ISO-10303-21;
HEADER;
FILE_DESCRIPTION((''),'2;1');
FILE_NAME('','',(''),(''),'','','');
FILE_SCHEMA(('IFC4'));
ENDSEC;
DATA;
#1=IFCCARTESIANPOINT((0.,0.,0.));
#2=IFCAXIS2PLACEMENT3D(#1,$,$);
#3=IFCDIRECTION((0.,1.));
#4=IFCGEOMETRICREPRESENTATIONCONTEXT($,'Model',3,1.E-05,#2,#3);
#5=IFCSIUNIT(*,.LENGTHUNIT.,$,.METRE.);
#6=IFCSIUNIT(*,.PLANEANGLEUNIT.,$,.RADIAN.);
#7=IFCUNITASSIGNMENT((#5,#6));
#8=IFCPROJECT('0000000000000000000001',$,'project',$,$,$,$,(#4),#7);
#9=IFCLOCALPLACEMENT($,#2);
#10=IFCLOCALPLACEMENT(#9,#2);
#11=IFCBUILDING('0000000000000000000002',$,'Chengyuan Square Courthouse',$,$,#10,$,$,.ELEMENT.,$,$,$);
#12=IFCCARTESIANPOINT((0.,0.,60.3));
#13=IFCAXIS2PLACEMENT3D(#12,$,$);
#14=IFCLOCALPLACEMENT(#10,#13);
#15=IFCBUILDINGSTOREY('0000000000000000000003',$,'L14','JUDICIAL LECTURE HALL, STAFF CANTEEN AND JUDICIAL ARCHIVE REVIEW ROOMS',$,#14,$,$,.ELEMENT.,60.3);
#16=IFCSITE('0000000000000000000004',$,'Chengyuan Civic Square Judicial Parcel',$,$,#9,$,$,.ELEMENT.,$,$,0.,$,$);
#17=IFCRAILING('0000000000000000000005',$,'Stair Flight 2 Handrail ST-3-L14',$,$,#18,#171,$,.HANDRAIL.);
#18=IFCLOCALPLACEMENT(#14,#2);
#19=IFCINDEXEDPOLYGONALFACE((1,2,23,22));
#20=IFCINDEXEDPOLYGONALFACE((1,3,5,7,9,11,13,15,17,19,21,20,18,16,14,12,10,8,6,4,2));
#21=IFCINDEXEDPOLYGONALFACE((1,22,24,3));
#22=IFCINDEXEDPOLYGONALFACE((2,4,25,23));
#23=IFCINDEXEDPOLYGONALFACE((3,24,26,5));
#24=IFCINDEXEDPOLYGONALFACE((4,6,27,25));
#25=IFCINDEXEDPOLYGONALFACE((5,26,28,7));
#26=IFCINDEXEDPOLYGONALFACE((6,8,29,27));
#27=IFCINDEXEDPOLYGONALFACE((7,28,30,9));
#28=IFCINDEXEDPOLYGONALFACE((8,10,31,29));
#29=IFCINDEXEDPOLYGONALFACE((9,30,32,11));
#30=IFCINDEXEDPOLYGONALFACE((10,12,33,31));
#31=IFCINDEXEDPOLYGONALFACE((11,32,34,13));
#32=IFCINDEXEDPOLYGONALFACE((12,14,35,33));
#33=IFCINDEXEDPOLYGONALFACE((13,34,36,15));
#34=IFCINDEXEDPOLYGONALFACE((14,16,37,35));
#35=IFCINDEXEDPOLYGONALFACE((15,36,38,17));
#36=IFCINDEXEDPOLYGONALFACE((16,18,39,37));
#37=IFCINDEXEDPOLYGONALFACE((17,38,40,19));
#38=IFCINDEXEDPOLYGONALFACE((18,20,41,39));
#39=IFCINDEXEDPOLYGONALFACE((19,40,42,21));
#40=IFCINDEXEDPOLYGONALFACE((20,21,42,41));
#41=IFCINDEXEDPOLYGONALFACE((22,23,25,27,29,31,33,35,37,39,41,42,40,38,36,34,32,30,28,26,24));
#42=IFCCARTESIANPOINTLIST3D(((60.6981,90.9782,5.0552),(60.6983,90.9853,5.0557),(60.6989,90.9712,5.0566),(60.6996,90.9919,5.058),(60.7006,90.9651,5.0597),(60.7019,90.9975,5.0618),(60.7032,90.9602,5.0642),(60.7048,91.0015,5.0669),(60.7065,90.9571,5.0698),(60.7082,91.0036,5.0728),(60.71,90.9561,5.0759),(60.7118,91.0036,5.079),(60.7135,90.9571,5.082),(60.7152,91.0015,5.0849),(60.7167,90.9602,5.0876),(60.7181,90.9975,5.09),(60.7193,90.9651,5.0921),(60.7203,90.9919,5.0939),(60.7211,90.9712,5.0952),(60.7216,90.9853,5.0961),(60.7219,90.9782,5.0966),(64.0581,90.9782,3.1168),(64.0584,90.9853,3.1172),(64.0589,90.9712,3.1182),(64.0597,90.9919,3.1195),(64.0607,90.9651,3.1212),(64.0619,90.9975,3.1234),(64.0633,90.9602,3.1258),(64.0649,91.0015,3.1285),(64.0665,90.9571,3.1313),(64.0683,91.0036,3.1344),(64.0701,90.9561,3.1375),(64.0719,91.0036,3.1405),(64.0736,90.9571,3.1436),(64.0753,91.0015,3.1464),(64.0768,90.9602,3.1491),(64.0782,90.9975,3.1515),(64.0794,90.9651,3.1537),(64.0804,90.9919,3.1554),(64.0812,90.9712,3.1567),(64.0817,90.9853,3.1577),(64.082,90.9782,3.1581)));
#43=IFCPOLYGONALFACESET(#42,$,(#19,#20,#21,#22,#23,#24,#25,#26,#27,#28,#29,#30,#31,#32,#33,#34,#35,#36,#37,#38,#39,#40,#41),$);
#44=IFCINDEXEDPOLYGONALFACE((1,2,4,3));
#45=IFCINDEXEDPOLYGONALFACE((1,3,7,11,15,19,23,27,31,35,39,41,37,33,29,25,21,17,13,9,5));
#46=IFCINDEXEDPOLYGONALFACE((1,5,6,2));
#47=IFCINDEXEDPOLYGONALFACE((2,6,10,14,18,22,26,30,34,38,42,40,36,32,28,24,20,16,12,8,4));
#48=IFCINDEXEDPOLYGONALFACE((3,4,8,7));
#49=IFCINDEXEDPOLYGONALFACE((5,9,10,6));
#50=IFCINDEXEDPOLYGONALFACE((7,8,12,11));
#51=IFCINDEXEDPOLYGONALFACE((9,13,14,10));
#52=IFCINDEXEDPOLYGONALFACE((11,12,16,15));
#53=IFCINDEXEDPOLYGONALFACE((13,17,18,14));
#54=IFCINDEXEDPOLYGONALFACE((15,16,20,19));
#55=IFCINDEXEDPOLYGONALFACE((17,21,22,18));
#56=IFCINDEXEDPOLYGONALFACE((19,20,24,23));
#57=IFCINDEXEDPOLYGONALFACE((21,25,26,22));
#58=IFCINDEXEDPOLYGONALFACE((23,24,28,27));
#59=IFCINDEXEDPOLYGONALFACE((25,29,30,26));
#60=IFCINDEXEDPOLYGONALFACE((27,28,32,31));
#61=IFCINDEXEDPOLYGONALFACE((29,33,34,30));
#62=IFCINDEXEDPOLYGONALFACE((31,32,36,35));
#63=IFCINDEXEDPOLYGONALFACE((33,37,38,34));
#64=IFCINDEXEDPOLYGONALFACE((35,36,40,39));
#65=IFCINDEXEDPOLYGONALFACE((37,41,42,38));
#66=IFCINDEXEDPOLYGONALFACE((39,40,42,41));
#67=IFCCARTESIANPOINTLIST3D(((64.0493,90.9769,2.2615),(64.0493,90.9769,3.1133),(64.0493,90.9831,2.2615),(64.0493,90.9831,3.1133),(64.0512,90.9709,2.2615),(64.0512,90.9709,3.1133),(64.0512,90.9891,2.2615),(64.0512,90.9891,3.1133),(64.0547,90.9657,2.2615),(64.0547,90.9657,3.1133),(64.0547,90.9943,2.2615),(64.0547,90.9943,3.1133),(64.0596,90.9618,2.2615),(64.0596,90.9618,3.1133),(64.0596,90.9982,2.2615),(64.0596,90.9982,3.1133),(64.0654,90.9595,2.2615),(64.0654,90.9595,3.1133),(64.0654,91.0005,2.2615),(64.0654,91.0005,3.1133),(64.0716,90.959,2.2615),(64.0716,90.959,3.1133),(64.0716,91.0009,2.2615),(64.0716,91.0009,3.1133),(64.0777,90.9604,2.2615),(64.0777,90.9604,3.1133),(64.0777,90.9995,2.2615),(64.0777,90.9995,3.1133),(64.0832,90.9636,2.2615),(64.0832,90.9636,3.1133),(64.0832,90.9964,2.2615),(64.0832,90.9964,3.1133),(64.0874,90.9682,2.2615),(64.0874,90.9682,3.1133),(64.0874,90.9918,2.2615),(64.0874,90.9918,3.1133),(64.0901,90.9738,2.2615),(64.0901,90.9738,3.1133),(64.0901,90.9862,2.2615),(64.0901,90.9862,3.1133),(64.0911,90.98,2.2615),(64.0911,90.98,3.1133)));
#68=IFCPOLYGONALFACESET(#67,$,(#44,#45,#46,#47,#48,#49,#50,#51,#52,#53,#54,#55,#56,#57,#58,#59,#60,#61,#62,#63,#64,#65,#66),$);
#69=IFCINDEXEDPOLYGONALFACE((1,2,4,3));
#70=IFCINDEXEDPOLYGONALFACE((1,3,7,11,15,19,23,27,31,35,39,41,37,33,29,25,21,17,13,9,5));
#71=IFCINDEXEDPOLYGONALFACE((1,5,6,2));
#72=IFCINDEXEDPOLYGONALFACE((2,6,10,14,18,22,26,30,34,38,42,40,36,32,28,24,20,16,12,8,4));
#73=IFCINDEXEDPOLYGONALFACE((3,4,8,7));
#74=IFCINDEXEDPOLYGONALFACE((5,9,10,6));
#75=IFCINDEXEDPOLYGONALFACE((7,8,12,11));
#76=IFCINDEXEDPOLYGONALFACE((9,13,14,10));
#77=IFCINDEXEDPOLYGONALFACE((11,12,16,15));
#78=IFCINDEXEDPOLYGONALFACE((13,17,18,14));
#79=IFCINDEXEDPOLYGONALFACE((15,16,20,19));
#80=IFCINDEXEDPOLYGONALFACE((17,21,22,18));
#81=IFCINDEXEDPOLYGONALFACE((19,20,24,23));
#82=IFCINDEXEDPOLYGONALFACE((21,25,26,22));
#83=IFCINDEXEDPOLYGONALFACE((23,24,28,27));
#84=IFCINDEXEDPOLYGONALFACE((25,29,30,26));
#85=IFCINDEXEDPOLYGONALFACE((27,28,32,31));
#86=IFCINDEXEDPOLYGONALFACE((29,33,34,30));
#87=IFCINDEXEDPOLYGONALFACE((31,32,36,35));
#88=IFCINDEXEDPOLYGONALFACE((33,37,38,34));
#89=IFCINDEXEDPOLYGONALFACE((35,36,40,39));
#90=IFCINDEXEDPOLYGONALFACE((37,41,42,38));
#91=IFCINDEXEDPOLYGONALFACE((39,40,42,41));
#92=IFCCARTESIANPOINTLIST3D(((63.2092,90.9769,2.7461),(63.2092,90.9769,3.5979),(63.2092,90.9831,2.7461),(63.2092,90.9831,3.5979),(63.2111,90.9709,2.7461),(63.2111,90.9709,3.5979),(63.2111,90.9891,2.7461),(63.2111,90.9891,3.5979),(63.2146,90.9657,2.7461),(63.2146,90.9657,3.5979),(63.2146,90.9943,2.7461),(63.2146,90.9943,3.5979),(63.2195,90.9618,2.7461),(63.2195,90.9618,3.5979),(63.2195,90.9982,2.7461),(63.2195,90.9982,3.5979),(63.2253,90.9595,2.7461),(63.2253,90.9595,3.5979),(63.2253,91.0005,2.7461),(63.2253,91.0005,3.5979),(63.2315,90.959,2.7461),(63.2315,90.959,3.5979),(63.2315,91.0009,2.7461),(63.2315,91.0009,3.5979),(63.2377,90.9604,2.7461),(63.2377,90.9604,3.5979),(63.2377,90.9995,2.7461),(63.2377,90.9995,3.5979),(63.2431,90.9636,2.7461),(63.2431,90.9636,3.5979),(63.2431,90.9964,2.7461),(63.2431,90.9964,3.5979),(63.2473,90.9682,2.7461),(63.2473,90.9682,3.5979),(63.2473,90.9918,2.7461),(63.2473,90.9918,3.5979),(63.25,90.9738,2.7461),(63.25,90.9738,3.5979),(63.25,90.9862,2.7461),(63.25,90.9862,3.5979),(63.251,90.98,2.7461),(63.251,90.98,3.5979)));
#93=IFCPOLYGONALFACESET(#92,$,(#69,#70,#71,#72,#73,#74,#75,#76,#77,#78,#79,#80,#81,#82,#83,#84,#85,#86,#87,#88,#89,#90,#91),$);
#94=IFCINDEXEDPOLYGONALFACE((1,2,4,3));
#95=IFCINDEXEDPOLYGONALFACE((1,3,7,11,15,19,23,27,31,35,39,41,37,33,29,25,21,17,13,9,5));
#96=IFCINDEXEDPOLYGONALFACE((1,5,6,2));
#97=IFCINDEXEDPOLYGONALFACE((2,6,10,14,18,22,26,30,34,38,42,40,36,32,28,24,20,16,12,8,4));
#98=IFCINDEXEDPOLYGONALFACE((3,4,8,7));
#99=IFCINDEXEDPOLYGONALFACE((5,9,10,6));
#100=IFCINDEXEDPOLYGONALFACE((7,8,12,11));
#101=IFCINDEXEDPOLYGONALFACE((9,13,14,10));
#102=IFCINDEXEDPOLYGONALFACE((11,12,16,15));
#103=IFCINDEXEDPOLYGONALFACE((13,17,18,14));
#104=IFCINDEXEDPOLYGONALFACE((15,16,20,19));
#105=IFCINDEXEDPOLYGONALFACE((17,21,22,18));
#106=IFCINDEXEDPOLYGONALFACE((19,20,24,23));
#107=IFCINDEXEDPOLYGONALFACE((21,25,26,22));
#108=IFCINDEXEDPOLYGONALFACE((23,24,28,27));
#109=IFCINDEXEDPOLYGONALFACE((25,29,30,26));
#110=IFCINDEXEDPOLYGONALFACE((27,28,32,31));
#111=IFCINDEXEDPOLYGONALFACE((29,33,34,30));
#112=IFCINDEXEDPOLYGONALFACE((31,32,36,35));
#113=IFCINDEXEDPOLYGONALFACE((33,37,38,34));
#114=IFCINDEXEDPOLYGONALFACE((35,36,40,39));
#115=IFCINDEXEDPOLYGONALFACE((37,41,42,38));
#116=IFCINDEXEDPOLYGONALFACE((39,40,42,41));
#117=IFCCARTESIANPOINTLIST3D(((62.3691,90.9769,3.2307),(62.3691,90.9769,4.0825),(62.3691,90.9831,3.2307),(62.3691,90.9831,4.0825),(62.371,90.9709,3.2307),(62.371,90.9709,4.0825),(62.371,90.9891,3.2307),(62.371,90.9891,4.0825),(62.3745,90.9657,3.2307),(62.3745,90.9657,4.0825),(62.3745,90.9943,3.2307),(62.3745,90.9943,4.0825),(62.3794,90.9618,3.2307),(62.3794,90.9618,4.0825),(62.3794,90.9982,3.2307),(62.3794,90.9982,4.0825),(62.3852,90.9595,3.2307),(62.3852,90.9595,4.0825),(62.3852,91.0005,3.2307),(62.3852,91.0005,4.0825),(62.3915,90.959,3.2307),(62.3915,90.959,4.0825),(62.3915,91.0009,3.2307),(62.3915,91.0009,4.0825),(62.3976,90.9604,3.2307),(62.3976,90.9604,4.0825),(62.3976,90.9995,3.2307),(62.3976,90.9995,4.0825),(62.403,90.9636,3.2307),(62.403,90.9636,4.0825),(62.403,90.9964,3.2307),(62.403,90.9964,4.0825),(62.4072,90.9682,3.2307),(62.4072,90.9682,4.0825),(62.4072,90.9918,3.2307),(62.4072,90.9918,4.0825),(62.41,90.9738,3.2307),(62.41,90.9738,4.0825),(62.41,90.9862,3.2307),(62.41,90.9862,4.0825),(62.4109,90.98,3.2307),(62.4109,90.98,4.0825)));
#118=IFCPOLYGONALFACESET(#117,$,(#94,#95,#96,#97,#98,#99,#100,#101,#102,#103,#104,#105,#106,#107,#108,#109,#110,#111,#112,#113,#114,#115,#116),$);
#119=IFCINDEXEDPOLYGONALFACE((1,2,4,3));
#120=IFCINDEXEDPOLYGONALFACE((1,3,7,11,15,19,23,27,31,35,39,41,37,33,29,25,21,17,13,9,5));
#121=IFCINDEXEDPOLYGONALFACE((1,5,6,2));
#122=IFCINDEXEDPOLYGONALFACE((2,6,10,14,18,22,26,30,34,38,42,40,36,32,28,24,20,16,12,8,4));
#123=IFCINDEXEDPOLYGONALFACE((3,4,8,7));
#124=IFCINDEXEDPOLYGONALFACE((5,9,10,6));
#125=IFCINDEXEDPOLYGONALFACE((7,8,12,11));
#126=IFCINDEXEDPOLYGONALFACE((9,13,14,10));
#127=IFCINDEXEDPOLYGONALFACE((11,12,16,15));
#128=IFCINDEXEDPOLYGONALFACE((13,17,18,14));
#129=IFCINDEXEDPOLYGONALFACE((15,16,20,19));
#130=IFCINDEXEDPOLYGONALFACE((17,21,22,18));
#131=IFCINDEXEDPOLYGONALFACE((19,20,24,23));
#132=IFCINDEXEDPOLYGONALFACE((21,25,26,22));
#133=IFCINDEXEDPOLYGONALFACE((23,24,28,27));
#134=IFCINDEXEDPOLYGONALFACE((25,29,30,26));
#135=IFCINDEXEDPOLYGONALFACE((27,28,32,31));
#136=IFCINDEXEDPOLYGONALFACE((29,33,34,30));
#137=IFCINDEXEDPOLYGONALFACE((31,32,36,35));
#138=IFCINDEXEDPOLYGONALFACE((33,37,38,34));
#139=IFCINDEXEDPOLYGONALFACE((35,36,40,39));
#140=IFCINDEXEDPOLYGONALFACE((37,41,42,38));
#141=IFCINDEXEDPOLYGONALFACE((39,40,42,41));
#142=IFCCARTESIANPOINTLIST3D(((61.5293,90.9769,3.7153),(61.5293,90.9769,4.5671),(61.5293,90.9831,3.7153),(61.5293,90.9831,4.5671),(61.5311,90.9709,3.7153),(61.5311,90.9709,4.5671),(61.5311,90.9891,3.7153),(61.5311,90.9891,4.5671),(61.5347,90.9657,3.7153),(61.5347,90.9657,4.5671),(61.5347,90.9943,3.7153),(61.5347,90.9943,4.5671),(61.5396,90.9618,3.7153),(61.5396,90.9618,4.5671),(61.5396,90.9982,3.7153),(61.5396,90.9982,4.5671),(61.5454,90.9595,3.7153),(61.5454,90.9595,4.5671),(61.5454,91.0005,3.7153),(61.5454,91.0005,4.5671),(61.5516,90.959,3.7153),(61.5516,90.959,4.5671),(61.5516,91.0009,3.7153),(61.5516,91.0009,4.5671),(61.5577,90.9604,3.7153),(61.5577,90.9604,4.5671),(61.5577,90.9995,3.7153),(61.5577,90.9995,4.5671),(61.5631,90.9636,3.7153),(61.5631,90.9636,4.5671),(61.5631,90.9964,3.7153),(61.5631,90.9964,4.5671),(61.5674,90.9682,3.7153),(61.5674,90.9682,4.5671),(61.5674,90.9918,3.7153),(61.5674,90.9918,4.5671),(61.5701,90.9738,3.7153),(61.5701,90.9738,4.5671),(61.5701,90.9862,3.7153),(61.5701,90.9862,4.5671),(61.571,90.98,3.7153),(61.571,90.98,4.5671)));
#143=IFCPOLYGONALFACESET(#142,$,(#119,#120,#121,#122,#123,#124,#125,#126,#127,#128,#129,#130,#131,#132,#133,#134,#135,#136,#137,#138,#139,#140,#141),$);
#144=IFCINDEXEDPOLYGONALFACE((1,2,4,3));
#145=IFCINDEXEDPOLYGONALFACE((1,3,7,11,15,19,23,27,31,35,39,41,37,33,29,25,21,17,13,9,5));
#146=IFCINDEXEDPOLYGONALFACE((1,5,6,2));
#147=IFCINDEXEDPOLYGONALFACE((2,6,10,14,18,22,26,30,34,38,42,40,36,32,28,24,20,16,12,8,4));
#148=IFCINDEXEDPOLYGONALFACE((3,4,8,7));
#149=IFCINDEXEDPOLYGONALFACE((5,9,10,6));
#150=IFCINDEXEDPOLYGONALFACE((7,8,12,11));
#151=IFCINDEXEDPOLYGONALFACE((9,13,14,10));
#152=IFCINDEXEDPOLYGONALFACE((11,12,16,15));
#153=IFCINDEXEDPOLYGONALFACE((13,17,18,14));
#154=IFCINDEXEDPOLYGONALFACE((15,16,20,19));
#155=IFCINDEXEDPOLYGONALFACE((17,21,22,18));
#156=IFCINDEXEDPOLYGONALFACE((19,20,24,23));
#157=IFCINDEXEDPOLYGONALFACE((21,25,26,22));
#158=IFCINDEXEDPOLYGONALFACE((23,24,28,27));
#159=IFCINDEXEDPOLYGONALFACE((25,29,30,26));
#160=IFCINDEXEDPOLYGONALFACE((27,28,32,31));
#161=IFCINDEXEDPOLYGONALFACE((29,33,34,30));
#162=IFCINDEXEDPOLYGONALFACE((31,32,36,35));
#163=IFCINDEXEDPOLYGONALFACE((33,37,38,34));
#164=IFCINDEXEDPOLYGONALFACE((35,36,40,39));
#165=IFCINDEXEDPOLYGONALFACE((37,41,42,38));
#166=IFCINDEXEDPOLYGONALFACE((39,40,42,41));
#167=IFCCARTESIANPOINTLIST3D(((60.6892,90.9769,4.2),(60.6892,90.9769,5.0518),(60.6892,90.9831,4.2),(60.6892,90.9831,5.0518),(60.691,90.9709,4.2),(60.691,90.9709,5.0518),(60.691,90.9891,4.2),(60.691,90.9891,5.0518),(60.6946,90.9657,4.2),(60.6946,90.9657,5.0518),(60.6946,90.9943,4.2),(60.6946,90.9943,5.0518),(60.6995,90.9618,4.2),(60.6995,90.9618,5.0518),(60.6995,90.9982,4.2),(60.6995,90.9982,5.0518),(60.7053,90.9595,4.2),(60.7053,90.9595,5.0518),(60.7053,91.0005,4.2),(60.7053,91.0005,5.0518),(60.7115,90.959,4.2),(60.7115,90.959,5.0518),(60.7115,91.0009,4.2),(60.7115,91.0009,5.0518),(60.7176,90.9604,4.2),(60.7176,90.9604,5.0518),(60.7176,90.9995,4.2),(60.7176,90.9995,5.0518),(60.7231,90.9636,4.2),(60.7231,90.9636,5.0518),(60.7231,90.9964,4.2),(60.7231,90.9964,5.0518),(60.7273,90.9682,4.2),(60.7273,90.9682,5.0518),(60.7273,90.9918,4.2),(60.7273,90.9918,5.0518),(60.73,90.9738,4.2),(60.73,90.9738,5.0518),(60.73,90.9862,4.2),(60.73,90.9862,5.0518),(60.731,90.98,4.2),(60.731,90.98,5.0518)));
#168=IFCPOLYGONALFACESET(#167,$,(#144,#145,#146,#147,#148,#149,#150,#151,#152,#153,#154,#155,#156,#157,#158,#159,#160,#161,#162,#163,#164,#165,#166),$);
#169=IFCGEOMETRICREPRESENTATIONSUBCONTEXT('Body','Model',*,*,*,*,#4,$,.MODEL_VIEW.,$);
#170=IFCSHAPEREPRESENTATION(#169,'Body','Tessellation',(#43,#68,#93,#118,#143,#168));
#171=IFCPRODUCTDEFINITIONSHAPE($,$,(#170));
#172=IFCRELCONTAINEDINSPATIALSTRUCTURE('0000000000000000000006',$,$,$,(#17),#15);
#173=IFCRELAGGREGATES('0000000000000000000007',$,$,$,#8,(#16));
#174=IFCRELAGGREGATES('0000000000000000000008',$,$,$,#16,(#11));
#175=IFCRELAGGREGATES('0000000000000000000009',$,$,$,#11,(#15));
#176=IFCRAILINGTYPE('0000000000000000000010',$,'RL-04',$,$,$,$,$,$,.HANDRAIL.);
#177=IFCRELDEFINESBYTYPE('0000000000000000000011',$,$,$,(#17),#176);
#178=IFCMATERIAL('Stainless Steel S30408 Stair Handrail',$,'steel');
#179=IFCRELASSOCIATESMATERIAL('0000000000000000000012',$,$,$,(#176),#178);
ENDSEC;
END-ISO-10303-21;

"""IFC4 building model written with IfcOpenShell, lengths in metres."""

from ifc_helpers import new_model, si_unit, direction, frame, origin, origin_2d, place, context, subcontext, project, spatial, circle, extrude, material, type_object, element, save


model = new_model("IFC4")

# Units and contexts
model_context = context("Model", 3, precision=1e-05, world=origin(), true_north=direction((0.0, 1.0)))
body_context = subcontext(model_context, "Body", "Model", "MODEL_VIEW")
ifc_project = project(units=[si_unit("LENGTHUNIT", "METRE"), si_unit("PLANEANGLEUNIT", "RADIAN")], contexts=[model_context])

# Site, building, storey
site_placement = place(None, origin())
site = spatial("IfcSite", under=ifc_project, at=site_placement, Name="Chengyuan Civic Square Judicial Parcel", CompositionType="ELEMENT", RefElevation=0.0)
building_placement = place(site_placement, origin())
building = spatial("IfcBuilding", under=site, at=building_placement, Name="Chengyuan Square Courthouse", CompositionType="ELEMENT")
storey_placement = place(building_placement, frame((0.0, 0.0, 60.3)))
storey = spatial("IfcBuildingStorey", under=building, at=storey_placement, Name="L14", Description="JUDICIAL LECTURE HALL, STAFF CANTEEN AND JUDICIAL ARCHIVE REVIEW ROOMS", CompositionType="ELEMENT", Elevation=60.3)

# Railing
ifc_material_1 = material(Name="Stainless Steel S30408 Stair Handrail", Category="steel")
railing_type_1 = type_object("IfcRailingType", Name="RL-04", PredefinedType="HANDRAIL", material=ifc_material_1)
railing_1_placement = place(storey_placement, frame((64.0701, 90.98, 2.2615)))
element("IfcRailing", 1, at=railing_1_placement, inside=storey, type_object=railing_type_1, Name="Stair Flight 2 Handrail ST-3-L14", PredefinedType="HANDRAIL", context=body_context, shape_type="SweptSolid", body=[
    extrude(circle(Radius=0.0239, at=origin_2d()), frame((0.0, 0.0, 0.876), z_axis=(-0.866191, 0.0, 0.499713), x_axis=(0.0, -1.0, 0.0)), (0.0, 0.0, 1.0), 3.8792),
    extrude(circle(Radius=0.021, at=origin_2d()), origin(), (0.0, 0.0, 1.0), 0.8518),
    extrude(circle(Radius=0.021, at=origin_2d()), frame((-0.8401, 0.0, 0.4846)), (0.0, 0.0, 1.0), 0.8518),
    extrude(circle(Radius=0.021, at=origin_2d()), frame((-1.6802, 0.0, 0.9692)), (0.0, 0.0, 1.0), 0.8518),
    extrude(circle(Radius=0.021, at=origin_2d()), frame((-2.52, 0.0, 1.4539)), (0.0, 0.0, 1.0), 0.8518),
    extrude(circle(Radius=0.021, at=origin_2d()), frame((-3.3601, 0.0, 1.9385)), (0.0, 0.0, 1.0), 0.8518),
])

save(model, "model.ifc")
